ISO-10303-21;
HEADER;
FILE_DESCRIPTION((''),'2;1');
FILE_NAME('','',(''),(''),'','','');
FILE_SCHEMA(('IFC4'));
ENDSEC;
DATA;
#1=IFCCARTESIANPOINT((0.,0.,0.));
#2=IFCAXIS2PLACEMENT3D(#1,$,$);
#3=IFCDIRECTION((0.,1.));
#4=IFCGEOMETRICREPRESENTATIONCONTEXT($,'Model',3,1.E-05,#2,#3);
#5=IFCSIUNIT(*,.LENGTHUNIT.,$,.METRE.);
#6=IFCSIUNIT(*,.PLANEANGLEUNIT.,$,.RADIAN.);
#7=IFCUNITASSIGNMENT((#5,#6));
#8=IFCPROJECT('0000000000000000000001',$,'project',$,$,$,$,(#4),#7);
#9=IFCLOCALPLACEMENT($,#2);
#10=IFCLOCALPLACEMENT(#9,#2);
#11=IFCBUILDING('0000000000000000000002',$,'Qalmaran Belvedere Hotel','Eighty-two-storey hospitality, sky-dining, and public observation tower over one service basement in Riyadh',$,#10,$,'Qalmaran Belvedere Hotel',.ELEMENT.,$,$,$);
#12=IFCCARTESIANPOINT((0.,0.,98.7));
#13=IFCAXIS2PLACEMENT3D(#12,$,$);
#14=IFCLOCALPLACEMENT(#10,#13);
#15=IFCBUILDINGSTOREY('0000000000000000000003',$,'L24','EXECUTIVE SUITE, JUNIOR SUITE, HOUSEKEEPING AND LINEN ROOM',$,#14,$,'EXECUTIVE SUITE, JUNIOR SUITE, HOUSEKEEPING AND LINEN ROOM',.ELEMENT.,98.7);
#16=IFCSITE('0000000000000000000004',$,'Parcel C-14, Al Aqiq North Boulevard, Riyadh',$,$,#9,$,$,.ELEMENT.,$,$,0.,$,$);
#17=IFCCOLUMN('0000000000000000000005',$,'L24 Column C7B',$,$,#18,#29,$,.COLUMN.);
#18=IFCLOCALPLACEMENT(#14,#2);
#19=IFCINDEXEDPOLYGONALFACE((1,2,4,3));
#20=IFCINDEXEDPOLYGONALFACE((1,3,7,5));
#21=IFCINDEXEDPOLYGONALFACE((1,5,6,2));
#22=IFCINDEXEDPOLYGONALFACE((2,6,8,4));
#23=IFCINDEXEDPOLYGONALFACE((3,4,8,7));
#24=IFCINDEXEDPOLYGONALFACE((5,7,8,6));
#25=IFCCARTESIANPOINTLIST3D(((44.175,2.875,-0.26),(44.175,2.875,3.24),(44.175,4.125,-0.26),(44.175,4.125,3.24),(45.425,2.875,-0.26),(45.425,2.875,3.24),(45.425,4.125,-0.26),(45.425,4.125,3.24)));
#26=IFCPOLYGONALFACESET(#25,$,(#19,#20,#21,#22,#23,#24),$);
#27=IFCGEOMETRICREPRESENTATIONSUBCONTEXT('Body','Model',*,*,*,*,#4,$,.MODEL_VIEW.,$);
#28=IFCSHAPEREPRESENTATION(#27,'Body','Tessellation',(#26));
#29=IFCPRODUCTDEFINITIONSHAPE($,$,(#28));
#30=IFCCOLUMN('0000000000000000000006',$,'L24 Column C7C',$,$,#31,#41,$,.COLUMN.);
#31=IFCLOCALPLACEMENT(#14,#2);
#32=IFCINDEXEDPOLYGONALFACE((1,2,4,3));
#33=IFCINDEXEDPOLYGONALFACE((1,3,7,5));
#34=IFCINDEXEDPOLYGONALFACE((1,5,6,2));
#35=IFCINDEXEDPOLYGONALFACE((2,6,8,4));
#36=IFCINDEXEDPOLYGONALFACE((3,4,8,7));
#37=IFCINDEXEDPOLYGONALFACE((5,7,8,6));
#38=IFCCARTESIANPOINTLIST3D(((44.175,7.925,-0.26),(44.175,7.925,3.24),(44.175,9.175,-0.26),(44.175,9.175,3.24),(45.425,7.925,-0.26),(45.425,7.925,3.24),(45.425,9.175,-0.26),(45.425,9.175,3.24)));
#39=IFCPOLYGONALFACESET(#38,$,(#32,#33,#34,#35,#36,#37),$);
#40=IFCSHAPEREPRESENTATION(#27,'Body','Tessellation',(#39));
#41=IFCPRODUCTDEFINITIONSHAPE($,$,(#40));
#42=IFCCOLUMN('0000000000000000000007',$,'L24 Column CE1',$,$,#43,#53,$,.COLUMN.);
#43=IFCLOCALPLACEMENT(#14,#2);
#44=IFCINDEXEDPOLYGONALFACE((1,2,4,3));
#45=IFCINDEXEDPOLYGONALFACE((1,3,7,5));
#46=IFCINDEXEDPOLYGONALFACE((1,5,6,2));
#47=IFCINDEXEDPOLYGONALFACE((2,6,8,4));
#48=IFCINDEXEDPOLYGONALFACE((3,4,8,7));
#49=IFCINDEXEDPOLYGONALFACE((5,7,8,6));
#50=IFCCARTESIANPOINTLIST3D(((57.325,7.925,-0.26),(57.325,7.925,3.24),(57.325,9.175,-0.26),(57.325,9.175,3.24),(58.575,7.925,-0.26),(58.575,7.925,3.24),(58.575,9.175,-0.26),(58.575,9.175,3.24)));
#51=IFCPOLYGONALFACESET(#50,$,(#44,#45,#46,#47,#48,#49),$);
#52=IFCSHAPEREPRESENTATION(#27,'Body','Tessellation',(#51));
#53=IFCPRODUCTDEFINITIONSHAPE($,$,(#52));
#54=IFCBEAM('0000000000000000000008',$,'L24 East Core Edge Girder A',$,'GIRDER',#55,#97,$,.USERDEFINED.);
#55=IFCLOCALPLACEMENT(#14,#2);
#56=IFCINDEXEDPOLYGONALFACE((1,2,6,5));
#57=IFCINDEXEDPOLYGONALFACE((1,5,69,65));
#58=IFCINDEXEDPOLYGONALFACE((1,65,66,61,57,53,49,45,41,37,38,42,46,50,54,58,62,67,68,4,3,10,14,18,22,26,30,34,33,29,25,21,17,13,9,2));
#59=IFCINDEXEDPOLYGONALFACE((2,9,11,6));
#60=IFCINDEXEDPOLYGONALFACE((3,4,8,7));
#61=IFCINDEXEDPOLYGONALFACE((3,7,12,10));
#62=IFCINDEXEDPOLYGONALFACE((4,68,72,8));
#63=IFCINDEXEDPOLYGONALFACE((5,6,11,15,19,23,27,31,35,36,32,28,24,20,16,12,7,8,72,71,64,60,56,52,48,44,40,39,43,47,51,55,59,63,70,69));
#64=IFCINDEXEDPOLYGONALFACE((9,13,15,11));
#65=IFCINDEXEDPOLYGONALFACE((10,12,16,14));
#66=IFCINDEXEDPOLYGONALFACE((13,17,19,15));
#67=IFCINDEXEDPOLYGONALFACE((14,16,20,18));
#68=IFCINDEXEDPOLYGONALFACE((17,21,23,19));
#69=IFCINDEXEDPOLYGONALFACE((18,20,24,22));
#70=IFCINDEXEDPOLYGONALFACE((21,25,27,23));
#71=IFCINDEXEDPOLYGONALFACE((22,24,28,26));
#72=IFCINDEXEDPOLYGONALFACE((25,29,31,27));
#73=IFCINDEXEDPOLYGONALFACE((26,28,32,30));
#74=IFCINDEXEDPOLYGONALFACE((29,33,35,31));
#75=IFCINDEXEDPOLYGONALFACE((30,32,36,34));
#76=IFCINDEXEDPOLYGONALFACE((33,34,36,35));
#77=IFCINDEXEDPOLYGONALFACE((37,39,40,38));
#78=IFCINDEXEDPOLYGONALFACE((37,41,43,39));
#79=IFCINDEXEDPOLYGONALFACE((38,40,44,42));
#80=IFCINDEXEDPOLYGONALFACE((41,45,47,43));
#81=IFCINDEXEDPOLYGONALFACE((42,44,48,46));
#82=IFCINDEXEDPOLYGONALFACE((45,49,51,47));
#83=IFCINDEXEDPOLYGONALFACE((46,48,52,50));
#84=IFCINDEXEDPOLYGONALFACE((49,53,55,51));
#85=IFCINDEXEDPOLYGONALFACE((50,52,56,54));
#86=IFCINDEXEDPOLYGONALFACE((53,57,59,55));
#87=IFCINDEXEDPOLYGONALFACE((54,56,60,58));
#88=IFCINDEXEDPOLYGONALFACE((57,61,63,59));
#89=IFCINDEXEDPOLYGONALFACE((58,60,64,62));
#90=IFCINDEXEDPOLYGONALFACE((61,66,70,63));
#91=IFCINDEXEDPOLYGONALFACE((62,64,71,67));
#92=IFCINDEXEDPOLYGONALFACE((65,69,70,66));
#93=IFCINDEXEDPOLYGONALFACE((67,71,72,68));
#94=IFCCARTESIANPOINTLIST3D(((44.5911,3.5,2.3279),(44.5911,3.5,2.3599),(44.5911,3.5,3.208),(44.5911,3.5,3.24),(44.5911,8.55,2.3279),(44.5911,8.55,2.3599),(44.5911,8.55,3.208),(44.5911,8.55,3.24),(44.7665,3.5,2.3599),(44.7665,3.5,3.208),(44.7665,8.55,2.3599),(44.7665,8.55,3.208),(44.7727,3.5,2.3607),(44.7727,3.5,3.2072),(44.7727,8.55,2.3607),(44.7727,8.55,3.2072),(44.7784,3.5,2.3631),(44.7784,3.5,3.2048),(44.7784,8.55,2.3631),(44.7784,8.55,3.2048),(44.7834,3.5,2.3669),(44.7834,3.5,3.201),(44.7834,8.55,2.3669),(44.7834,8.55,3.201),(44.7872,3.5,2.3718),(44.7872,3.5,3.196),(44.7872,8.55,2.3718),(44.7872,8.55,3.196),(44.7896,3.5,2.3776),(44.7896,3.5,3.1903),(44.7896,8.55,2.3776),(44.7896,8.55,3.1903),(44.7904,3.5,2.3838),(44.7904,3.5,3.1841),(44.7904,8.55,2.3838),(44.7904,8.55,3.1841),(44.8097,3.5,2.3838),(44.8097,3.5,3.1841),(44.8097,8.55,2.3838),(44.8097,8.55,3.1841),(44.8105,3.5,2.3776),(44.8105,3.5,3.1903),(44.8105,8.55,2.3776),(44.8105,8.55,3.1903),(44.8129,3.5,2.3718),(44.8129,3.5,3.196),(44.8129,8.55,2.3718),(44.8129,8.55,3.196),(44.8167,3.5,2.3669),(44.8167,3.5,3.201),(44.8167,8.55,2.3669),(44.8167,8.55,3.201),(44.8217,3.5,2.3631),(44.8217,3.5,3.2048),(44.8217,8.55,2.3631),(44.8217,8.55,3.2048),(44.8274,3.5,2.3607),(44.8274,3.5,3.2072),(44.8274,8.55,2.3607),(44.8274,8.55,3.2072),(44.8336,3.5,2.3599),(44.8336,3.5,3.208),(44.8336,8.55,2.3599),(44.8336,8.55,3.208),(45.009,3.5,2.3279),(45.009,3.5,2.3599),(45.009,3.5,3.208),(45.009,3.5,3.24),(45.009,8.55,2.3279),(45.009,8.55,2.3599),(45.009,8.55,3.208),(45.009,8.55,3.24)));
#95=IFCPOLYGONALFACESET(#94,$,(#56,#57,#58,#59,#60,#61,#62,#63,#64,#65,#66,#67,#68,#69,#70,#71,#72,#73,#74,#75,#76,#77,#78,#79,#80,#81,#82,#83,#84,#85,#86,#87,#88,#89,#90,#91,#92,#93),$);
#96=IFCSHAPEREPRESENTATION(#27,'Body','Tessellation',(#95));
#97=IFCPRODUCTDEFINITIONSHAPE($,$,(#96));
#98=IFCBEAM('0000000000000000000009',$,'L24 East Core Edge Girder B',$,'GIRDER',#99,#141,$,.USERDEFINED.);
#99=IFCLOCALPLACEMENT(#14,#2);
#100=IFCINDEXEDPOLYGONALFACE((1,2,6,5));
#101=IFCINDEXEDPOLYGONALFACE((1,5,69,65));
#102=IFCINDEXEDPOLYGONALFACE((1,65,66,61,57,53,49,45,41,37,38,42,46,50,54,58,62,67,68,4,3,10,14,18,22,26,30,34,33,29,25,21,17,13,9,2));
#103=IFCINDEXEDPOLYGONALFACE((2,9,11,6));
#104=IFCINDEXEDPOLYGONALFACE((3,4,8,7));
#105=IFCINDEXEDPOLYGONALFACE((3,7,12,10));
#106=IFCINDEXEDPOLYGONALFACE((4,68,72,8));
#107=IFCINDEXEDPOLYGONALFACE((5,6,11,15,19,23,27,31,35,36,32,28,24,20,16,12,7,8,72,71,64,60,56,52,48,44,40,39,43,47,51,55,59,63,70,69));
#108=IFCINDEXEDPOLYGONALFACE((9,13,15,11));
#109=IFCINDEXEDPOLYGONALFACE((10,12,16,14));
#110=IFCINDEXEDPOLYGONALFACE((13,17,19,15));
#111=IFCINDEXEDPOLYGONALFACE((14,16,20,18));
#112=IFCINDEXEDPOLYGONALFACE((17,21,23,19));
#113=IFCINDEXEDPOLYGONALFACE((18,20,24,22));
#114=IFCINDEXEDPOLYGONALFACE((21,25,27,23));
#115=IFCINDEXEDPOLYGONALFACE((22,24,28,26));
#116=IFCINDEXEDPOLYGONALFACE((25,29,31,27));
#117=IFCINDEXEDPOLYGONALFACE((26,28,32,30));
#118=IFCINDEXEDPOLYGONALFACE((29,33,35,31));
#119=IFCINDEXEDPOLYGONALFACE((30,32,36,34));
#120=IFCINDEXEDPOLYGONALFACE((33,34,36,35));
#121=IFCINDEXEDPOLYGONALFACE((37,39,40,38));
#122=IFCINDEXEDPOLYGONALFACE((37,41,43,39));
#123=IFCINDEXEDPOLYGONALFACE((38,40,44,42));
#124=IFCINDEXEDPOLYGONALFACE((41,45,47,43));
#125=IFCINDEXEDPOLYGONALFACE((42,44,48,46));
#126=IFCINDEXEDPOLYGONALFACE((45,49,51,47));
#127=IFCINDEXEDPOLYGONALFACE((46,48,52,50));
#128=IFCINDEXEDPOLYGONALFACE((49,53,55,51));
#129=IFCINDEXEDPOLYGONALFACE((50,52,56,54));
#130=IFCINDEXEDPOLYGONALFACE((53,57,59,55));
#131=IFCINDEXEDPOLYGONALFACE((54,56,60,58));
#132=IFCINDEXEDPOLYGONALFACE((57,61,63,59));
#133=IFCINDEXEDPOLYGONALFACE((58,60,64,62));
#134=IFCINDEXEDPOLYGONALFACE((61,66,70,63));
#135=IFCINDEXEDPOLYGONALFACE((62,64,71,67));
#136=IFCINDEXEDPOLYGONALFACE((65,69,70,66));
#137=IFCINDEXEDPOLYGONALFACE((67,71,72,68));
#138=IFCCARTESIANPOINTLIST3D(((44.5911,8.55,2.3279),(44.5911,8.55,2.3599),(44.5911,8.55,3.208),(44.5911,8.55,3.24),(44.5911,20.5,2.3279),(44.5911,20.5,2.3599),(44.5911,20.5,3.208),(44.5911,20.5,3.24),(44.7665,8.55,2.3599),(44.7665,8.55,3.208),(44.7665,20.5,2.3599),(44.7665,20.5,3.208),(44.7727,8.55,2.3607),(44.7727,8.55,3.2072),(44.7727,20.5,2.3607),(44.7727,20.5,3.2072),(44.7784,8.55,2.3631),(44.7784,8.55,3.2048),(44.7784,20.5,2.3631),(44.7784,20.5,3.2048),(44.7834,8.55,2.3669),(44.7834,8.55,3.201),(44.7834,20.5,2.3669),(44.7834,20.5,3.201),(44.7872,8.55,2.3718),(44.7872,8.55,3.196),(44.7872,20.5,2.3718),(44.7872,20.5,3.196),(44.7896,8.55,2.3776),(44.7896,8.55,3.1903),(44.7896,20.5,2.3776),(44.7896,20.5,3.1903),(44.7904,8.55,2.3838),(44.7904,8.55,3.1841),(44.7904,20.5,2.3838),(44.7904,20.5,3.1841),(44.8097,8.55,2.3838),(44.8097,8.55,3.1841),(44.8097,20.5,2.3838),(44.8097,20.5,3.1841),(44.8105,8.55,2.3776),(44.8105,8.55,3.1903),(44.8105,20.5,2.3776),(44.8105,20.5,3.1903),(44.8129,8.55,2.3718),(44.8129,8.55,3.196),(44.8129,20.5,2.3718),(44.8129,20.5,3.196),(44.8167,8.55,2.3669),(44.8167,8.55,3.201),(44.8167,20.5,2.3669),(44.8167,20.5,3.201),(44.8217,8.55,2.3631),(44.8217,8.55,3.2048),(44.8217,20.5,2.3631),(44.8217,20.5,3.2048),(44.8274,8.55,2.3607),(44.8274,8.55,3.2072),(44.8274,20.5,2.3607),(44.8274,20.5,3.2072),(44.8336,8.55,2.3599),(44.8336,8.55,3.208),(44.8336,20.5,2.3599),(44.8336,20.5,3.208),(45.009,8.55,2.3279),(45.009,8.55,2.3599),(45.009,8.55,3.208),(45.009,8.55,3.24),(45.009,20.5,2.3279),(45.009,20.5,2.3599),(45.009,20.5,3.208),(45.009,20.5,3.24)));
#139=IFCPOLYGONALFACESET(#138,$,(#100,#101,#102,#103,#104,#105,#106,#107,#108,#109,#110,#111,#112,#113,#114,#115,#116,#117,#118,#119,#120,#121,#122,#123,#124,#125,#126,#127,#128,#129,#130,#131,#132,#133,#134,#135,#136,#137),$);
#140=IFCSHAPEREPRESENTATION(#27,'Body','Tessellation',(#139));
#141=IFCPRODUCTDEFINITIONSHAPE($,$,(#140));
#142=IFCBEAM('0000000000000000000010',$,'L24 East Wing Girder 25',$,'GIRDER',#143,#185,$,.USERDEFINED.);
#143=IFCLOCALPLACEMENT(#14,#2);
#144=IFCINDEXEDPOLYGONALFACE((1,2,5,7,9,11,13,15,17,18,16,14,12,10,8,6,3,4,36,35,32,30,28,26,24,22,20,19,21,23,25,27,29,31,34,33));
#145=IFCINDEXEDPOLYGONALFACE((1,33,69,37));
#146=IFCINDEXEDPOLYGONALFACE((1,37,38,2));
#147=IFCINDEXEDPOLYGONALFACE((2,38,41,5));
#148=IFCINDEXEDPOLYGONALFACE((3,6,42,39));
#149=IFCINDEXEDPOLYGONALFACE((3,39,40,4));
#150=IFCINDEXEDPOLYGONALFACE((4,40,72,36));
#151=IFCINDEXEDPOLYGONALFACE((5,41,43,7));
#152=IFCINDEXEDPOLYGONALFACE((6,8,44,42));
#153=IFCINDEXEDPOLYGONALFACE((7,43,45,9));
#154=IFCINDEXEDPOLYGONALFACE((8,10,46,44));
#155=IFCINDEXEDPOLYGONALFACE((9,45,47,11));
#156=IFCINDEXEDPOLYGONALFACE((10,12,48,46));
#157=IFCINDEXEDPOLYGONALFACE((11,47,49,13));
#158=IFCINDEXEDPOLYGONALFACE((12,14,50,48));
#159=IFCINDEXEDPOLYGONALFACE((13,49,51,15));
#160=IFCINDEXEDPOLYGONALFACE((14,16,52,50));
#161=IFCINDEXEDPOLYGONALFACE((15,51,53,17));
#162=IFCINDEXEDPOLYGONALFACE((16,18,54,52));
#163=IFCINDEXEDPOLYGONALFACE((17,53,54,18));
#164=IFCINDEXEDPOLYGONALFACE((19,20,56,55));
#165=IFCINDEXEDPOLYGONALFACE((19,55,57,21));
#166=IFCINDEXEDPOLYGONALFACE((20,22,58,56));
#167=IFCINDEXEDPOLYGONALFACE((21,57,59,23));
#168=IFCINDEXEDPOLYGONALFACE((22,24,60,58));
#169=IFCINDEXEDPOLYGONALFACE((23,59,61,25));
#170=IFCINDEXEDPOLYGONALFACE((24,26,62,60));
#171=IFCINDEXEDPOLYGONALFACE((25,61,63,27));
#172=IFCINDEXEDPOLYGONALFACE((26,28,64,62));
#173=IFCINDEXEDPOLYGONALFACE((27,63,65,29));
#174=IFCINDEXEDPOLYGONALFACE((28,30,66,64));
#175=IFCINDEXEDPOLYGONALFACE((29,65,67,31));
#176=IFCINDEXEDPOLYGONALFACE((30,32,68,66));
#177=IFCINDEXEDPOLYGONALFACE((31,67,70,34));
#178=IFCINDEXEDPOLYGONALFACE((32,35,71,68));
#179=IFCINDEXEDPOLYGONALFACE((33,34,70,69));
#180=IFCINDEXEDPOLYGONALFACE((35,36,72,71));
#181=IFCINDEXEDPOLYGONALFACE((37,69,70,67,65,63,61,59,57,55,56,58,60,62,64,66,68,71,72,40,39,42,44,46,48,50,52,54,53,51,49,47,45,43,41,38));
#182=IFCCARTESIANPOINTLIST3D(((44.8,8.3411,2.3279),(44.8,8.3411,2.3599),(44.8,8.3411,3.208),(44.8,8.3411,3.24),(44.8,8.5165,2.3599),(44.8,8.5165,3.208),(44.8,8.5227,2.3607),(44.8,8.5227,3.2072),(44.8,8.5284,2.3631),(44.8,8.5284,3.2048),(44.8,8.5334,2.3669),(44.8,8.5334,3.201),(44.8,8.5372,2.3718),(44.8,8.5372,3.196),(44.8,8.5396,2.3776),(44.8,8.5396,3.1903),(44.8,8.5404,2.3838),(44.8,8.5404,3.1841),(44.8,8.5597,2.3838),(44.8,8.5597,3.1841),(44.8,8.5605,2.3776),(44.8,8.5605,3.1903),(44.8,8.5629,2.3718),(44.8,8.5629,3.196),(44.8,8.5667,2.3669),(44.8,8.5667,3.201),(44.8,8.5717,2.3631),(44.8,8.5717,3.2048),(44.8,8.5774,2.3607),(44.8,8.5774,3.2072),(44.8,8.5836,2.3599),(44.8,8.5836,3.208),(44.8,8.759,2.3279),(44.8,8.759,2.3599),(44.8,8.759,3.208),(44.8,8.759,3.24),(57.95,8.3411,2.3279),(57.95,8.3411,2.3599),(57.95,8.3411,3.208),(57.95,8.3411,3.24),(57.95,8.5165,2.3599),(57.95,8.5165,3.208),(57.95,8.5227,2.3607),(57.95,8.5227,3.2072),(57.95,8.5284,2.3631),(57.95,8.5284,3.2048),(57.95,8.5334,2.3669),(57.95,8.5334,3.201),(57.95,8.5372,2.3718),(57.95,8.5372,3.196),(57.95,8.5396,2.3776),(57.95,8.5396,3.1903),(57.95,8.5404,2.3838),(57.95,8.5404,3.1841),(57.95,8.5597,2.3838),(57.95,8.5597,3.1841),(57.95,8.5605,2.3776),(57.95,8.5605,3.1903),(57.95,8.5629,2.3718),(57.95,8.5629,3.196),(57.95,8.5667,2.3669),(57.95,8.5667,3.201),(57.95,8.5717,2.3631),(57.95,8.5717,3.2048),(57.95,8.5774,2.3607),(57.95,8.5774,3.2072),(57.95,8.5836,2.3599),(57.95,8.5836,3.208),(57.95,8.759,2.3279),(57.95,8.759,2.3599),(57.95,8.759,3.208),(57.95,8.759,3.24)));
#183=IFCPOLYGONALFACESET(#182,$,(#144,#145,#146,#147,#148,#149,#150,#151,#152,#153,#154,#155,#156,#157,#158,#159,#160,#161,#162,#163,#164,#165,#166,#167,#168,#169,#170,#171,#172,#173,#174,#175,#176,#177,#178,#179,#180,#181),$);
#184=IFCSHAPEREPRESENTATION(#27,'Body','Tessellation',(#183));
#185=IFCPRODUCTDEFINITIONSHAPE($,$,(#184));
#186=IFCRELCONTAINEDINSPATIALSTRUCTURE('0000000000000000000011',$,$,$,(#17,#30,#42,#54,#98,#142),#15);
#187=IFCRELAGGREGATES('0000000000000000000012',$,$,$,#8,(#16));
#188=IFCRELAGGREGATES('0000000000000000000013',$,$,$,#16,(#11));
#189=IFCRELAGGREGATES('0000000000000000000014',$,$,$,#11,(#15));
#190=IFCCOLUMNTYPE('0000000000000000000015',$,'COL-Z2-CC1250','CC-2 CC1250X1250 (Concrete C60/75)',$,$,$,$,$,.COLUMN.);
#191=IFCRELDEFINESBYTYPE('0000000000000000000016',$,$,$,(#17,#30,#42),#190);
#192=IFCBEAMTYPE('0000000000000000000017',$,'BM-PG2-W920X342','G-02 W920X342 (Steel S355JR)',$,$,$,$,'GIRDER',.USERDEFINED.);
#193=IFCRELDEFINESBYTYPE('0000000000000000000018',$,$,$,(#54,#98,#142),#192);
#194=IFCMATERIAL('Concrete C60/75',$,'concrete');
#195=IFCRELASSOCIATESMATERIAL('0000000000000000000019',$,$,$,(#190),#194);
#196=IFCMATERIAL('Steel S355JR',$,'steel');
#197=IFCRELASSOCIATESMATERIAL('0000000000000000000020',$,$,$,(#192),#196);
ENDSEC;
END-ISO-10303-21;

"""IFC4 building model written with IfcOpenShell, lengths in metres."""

from ifc_helpers import new_model, si_unit, direction, frame, origin, origin_2d, place, context, subcontext, project, spatial, rectangle, i_section, extrude, material, material_profile, profile_set, type_object, element, save


model = new_model("IFC4")

# Units and contexts
model_context = context("Model", 3, precision=1e-05, world=origin(), true_north=direction((0.0, 1.0)))
body_context = subcontext(model_context, "Body", "Model", "MODEL_VIEW")
ifc_project = project(units=[si_unit("LENGTHUNIT", "METRE"), si_unit("PLANEANGLEUNIT", "RADIAN")], contexts=[model_context])

# Site, building, storey
site_placement = place(None, origin())
site = spatial("IfcSite", under=ifc_project, at=site_placement, Name="Parcel C-14, Al Aqiq North Boulevard, Riyadh", CompositionType="ELEMENT", RefElevation=0.0)
building_placement = place(site_placement, origin())
building = spatial("IfcBuilding", under=site, at=building_placement, Name="Qalmaran Belvedere Hotel", Description="Eighty-two-storey hospitality, sky-dining, and public observation tower over one service basement in Riyadh", LongName="Qalmaran Belvedere Hotel", CompositionType="ELEMENT")
storey_placement = place(building_placement, frame((0.0, 0.0, 98.7)))
storey = spatial("IfcBuildingStorey", under=building, at=storey_placement, Name="L24", Description="EXECUTIVE SUITE, JUNIOR SUITE, HOUSEKEEPING AND LINEN ROOM", LongName="EXECUTIVE SUITE, JUNIOR SUITE, HOUSEKEEPING AND LINEN ROOM", CompositionType="ELEMENT", Elevation=98.7)

# Columns
ifc_material_1 = material(Name="Concrete C60/75", Category="concrete")
ifc_material_profile_1 = material_profile(ifc_material_1, rectangle(XDim=1.25, YDim=1.25, at=origin_2d()), Name="CC1250X1250")
ifc_profile_set_1 = profile_set([ifc_material_profile_1], Name="Concrete C60/75")
column_type = type_object("IfcColumnType", Name="COL-Z2-CC1250", Description="CC-2 CC1250X1250 (Concrete C60/75)", PredefinedType="COLUMN", material=ifc_profile_set_1)
for number, where, z_axis, x_axis, name in (
    (1, (44.8, 3.5, -0.26), (0.0, 0.0, 1.0), (1.0, 0.0, 0.0), "L24 Column C7B"),
    (2, (44.8, 8.55, -0.26), (0.0, 0.0, 1.0), (1.0, 0.0, 0.0), "L24 Column C7C"),
    (3, (57.95, 8.55, -0.26), (0.0, 0.0, 1.0), (1.0, 0.0, 0.0), "L24 Column CE1"),
):
    element("IfcColumn", number, at=place(storey_placement, frame(where, z_axis=z_axis, x_axis=x_axis)), inside=storey, type_object=column_type, Name=name, PredefinedType="COLUMN", context=body_context, shape_type="SweptSolid", body=[
        extrude(rectangle(XDim=1.25, YDim=1.25, at=origin_2d()), origin(), (0.0, 0.0, 1.0), 3.5),
    ])

# Beams
ifc_material_2 = material(Name="Steel S355JR", Category="steel")
ifc_material_profile_2 = material_profile(ifc_material_2, i_section(OverallWidth=0.418, OverallDepth=0.9121, WebThickness=0.0193, FlangeThickness=0.032, FilletRadius=0.0239, at=origin_2d()), Name="W920X342")
ifc_profile_set_2 = profile_set([ifc_material_profile_2], Name="Steel S355JR")
beam_type_1 = type_object("IfcBeamType", Name="BM-PG2-W920X342", Description="G-02 W920X342 (Steel S355JR)", ElementType="GIRDER", PredefinedType="USERDEFINED", material=ifc_profile_set_2)
beam_1_placement = place(storey_placement, frame((44.8, 3.5, 2.7839), z_axis=(0.0, 1.0, 0.0), x_axis=(-1.0, 0.0, 0.0)))
element("IfcBeam", 4, at=beam_1_placement, inside=storey, type_object=beam_type_1, Name="L24 East Core Edge Girder A", ObjectType="GIRDER", PredefinedType="USERDEFINED", context=body_context, shape_type="SweptSolid", body=[
    extrude(i_section(OverallWidth=0.418, OverallDepth=0.9121, WebThickness=0.0193, FlangeThickness=0.032, FilletRadius=0.0239, at=origin_2d()), origin(), (0.0, 0.0, 1.0), 5.05),
])
beam_2_placement = place(storey_placement, frame((44.8, 8.55, 2.7839), z_axis=(0.0, 1.0, 0.0), x_axis=(-1.0, 0.0, 0.0)))
element("IfcBeam", 5, at=beam_2_placement, inside=storey, type_object=beam_type_1, Name="L24 East Core Edge Girder B", ObjectType="GIRDER", PredefinedType="USERDEFINED", context=body_context, shape_type="SweptSolid", body=[
    extrude(i_section(OverallWidth=0.418, OverallDepth=0.9121, WebThickness=0.0193, FlangeThickness=0.032, FilletRadius=0.0239, at=origin_2d()), origin(), (0.0, 0.0, 1.0), 11.95),
])
beam_3_placement = place(storey_placement, frame((44.8, 8.55, 2.7839), z_axis=(1.0, 0.0, 0.0), x_axis=(0.0, 1.0, 0.0)))
element("IfcBeam", 6, at=beam_3_placement, inside=storey, type_object=beam_type_1, Name="L24 East Wing Girder 25", ObjectType="GIRDER", PredefinedType="USERDEFINED", context=body_context, shape_type="SweptSolid", body=[
    extrude(i_section(OverallWidth=0.418, OverallDepth=0.9121, WebThickness=0.0193, FlangeThickness=0.032, FilletRadius=0.0239, at=origin_2d()), origin(), (0.0, 0.0, 1.0), 13.1499),
])

save(model, "model.ifc")
